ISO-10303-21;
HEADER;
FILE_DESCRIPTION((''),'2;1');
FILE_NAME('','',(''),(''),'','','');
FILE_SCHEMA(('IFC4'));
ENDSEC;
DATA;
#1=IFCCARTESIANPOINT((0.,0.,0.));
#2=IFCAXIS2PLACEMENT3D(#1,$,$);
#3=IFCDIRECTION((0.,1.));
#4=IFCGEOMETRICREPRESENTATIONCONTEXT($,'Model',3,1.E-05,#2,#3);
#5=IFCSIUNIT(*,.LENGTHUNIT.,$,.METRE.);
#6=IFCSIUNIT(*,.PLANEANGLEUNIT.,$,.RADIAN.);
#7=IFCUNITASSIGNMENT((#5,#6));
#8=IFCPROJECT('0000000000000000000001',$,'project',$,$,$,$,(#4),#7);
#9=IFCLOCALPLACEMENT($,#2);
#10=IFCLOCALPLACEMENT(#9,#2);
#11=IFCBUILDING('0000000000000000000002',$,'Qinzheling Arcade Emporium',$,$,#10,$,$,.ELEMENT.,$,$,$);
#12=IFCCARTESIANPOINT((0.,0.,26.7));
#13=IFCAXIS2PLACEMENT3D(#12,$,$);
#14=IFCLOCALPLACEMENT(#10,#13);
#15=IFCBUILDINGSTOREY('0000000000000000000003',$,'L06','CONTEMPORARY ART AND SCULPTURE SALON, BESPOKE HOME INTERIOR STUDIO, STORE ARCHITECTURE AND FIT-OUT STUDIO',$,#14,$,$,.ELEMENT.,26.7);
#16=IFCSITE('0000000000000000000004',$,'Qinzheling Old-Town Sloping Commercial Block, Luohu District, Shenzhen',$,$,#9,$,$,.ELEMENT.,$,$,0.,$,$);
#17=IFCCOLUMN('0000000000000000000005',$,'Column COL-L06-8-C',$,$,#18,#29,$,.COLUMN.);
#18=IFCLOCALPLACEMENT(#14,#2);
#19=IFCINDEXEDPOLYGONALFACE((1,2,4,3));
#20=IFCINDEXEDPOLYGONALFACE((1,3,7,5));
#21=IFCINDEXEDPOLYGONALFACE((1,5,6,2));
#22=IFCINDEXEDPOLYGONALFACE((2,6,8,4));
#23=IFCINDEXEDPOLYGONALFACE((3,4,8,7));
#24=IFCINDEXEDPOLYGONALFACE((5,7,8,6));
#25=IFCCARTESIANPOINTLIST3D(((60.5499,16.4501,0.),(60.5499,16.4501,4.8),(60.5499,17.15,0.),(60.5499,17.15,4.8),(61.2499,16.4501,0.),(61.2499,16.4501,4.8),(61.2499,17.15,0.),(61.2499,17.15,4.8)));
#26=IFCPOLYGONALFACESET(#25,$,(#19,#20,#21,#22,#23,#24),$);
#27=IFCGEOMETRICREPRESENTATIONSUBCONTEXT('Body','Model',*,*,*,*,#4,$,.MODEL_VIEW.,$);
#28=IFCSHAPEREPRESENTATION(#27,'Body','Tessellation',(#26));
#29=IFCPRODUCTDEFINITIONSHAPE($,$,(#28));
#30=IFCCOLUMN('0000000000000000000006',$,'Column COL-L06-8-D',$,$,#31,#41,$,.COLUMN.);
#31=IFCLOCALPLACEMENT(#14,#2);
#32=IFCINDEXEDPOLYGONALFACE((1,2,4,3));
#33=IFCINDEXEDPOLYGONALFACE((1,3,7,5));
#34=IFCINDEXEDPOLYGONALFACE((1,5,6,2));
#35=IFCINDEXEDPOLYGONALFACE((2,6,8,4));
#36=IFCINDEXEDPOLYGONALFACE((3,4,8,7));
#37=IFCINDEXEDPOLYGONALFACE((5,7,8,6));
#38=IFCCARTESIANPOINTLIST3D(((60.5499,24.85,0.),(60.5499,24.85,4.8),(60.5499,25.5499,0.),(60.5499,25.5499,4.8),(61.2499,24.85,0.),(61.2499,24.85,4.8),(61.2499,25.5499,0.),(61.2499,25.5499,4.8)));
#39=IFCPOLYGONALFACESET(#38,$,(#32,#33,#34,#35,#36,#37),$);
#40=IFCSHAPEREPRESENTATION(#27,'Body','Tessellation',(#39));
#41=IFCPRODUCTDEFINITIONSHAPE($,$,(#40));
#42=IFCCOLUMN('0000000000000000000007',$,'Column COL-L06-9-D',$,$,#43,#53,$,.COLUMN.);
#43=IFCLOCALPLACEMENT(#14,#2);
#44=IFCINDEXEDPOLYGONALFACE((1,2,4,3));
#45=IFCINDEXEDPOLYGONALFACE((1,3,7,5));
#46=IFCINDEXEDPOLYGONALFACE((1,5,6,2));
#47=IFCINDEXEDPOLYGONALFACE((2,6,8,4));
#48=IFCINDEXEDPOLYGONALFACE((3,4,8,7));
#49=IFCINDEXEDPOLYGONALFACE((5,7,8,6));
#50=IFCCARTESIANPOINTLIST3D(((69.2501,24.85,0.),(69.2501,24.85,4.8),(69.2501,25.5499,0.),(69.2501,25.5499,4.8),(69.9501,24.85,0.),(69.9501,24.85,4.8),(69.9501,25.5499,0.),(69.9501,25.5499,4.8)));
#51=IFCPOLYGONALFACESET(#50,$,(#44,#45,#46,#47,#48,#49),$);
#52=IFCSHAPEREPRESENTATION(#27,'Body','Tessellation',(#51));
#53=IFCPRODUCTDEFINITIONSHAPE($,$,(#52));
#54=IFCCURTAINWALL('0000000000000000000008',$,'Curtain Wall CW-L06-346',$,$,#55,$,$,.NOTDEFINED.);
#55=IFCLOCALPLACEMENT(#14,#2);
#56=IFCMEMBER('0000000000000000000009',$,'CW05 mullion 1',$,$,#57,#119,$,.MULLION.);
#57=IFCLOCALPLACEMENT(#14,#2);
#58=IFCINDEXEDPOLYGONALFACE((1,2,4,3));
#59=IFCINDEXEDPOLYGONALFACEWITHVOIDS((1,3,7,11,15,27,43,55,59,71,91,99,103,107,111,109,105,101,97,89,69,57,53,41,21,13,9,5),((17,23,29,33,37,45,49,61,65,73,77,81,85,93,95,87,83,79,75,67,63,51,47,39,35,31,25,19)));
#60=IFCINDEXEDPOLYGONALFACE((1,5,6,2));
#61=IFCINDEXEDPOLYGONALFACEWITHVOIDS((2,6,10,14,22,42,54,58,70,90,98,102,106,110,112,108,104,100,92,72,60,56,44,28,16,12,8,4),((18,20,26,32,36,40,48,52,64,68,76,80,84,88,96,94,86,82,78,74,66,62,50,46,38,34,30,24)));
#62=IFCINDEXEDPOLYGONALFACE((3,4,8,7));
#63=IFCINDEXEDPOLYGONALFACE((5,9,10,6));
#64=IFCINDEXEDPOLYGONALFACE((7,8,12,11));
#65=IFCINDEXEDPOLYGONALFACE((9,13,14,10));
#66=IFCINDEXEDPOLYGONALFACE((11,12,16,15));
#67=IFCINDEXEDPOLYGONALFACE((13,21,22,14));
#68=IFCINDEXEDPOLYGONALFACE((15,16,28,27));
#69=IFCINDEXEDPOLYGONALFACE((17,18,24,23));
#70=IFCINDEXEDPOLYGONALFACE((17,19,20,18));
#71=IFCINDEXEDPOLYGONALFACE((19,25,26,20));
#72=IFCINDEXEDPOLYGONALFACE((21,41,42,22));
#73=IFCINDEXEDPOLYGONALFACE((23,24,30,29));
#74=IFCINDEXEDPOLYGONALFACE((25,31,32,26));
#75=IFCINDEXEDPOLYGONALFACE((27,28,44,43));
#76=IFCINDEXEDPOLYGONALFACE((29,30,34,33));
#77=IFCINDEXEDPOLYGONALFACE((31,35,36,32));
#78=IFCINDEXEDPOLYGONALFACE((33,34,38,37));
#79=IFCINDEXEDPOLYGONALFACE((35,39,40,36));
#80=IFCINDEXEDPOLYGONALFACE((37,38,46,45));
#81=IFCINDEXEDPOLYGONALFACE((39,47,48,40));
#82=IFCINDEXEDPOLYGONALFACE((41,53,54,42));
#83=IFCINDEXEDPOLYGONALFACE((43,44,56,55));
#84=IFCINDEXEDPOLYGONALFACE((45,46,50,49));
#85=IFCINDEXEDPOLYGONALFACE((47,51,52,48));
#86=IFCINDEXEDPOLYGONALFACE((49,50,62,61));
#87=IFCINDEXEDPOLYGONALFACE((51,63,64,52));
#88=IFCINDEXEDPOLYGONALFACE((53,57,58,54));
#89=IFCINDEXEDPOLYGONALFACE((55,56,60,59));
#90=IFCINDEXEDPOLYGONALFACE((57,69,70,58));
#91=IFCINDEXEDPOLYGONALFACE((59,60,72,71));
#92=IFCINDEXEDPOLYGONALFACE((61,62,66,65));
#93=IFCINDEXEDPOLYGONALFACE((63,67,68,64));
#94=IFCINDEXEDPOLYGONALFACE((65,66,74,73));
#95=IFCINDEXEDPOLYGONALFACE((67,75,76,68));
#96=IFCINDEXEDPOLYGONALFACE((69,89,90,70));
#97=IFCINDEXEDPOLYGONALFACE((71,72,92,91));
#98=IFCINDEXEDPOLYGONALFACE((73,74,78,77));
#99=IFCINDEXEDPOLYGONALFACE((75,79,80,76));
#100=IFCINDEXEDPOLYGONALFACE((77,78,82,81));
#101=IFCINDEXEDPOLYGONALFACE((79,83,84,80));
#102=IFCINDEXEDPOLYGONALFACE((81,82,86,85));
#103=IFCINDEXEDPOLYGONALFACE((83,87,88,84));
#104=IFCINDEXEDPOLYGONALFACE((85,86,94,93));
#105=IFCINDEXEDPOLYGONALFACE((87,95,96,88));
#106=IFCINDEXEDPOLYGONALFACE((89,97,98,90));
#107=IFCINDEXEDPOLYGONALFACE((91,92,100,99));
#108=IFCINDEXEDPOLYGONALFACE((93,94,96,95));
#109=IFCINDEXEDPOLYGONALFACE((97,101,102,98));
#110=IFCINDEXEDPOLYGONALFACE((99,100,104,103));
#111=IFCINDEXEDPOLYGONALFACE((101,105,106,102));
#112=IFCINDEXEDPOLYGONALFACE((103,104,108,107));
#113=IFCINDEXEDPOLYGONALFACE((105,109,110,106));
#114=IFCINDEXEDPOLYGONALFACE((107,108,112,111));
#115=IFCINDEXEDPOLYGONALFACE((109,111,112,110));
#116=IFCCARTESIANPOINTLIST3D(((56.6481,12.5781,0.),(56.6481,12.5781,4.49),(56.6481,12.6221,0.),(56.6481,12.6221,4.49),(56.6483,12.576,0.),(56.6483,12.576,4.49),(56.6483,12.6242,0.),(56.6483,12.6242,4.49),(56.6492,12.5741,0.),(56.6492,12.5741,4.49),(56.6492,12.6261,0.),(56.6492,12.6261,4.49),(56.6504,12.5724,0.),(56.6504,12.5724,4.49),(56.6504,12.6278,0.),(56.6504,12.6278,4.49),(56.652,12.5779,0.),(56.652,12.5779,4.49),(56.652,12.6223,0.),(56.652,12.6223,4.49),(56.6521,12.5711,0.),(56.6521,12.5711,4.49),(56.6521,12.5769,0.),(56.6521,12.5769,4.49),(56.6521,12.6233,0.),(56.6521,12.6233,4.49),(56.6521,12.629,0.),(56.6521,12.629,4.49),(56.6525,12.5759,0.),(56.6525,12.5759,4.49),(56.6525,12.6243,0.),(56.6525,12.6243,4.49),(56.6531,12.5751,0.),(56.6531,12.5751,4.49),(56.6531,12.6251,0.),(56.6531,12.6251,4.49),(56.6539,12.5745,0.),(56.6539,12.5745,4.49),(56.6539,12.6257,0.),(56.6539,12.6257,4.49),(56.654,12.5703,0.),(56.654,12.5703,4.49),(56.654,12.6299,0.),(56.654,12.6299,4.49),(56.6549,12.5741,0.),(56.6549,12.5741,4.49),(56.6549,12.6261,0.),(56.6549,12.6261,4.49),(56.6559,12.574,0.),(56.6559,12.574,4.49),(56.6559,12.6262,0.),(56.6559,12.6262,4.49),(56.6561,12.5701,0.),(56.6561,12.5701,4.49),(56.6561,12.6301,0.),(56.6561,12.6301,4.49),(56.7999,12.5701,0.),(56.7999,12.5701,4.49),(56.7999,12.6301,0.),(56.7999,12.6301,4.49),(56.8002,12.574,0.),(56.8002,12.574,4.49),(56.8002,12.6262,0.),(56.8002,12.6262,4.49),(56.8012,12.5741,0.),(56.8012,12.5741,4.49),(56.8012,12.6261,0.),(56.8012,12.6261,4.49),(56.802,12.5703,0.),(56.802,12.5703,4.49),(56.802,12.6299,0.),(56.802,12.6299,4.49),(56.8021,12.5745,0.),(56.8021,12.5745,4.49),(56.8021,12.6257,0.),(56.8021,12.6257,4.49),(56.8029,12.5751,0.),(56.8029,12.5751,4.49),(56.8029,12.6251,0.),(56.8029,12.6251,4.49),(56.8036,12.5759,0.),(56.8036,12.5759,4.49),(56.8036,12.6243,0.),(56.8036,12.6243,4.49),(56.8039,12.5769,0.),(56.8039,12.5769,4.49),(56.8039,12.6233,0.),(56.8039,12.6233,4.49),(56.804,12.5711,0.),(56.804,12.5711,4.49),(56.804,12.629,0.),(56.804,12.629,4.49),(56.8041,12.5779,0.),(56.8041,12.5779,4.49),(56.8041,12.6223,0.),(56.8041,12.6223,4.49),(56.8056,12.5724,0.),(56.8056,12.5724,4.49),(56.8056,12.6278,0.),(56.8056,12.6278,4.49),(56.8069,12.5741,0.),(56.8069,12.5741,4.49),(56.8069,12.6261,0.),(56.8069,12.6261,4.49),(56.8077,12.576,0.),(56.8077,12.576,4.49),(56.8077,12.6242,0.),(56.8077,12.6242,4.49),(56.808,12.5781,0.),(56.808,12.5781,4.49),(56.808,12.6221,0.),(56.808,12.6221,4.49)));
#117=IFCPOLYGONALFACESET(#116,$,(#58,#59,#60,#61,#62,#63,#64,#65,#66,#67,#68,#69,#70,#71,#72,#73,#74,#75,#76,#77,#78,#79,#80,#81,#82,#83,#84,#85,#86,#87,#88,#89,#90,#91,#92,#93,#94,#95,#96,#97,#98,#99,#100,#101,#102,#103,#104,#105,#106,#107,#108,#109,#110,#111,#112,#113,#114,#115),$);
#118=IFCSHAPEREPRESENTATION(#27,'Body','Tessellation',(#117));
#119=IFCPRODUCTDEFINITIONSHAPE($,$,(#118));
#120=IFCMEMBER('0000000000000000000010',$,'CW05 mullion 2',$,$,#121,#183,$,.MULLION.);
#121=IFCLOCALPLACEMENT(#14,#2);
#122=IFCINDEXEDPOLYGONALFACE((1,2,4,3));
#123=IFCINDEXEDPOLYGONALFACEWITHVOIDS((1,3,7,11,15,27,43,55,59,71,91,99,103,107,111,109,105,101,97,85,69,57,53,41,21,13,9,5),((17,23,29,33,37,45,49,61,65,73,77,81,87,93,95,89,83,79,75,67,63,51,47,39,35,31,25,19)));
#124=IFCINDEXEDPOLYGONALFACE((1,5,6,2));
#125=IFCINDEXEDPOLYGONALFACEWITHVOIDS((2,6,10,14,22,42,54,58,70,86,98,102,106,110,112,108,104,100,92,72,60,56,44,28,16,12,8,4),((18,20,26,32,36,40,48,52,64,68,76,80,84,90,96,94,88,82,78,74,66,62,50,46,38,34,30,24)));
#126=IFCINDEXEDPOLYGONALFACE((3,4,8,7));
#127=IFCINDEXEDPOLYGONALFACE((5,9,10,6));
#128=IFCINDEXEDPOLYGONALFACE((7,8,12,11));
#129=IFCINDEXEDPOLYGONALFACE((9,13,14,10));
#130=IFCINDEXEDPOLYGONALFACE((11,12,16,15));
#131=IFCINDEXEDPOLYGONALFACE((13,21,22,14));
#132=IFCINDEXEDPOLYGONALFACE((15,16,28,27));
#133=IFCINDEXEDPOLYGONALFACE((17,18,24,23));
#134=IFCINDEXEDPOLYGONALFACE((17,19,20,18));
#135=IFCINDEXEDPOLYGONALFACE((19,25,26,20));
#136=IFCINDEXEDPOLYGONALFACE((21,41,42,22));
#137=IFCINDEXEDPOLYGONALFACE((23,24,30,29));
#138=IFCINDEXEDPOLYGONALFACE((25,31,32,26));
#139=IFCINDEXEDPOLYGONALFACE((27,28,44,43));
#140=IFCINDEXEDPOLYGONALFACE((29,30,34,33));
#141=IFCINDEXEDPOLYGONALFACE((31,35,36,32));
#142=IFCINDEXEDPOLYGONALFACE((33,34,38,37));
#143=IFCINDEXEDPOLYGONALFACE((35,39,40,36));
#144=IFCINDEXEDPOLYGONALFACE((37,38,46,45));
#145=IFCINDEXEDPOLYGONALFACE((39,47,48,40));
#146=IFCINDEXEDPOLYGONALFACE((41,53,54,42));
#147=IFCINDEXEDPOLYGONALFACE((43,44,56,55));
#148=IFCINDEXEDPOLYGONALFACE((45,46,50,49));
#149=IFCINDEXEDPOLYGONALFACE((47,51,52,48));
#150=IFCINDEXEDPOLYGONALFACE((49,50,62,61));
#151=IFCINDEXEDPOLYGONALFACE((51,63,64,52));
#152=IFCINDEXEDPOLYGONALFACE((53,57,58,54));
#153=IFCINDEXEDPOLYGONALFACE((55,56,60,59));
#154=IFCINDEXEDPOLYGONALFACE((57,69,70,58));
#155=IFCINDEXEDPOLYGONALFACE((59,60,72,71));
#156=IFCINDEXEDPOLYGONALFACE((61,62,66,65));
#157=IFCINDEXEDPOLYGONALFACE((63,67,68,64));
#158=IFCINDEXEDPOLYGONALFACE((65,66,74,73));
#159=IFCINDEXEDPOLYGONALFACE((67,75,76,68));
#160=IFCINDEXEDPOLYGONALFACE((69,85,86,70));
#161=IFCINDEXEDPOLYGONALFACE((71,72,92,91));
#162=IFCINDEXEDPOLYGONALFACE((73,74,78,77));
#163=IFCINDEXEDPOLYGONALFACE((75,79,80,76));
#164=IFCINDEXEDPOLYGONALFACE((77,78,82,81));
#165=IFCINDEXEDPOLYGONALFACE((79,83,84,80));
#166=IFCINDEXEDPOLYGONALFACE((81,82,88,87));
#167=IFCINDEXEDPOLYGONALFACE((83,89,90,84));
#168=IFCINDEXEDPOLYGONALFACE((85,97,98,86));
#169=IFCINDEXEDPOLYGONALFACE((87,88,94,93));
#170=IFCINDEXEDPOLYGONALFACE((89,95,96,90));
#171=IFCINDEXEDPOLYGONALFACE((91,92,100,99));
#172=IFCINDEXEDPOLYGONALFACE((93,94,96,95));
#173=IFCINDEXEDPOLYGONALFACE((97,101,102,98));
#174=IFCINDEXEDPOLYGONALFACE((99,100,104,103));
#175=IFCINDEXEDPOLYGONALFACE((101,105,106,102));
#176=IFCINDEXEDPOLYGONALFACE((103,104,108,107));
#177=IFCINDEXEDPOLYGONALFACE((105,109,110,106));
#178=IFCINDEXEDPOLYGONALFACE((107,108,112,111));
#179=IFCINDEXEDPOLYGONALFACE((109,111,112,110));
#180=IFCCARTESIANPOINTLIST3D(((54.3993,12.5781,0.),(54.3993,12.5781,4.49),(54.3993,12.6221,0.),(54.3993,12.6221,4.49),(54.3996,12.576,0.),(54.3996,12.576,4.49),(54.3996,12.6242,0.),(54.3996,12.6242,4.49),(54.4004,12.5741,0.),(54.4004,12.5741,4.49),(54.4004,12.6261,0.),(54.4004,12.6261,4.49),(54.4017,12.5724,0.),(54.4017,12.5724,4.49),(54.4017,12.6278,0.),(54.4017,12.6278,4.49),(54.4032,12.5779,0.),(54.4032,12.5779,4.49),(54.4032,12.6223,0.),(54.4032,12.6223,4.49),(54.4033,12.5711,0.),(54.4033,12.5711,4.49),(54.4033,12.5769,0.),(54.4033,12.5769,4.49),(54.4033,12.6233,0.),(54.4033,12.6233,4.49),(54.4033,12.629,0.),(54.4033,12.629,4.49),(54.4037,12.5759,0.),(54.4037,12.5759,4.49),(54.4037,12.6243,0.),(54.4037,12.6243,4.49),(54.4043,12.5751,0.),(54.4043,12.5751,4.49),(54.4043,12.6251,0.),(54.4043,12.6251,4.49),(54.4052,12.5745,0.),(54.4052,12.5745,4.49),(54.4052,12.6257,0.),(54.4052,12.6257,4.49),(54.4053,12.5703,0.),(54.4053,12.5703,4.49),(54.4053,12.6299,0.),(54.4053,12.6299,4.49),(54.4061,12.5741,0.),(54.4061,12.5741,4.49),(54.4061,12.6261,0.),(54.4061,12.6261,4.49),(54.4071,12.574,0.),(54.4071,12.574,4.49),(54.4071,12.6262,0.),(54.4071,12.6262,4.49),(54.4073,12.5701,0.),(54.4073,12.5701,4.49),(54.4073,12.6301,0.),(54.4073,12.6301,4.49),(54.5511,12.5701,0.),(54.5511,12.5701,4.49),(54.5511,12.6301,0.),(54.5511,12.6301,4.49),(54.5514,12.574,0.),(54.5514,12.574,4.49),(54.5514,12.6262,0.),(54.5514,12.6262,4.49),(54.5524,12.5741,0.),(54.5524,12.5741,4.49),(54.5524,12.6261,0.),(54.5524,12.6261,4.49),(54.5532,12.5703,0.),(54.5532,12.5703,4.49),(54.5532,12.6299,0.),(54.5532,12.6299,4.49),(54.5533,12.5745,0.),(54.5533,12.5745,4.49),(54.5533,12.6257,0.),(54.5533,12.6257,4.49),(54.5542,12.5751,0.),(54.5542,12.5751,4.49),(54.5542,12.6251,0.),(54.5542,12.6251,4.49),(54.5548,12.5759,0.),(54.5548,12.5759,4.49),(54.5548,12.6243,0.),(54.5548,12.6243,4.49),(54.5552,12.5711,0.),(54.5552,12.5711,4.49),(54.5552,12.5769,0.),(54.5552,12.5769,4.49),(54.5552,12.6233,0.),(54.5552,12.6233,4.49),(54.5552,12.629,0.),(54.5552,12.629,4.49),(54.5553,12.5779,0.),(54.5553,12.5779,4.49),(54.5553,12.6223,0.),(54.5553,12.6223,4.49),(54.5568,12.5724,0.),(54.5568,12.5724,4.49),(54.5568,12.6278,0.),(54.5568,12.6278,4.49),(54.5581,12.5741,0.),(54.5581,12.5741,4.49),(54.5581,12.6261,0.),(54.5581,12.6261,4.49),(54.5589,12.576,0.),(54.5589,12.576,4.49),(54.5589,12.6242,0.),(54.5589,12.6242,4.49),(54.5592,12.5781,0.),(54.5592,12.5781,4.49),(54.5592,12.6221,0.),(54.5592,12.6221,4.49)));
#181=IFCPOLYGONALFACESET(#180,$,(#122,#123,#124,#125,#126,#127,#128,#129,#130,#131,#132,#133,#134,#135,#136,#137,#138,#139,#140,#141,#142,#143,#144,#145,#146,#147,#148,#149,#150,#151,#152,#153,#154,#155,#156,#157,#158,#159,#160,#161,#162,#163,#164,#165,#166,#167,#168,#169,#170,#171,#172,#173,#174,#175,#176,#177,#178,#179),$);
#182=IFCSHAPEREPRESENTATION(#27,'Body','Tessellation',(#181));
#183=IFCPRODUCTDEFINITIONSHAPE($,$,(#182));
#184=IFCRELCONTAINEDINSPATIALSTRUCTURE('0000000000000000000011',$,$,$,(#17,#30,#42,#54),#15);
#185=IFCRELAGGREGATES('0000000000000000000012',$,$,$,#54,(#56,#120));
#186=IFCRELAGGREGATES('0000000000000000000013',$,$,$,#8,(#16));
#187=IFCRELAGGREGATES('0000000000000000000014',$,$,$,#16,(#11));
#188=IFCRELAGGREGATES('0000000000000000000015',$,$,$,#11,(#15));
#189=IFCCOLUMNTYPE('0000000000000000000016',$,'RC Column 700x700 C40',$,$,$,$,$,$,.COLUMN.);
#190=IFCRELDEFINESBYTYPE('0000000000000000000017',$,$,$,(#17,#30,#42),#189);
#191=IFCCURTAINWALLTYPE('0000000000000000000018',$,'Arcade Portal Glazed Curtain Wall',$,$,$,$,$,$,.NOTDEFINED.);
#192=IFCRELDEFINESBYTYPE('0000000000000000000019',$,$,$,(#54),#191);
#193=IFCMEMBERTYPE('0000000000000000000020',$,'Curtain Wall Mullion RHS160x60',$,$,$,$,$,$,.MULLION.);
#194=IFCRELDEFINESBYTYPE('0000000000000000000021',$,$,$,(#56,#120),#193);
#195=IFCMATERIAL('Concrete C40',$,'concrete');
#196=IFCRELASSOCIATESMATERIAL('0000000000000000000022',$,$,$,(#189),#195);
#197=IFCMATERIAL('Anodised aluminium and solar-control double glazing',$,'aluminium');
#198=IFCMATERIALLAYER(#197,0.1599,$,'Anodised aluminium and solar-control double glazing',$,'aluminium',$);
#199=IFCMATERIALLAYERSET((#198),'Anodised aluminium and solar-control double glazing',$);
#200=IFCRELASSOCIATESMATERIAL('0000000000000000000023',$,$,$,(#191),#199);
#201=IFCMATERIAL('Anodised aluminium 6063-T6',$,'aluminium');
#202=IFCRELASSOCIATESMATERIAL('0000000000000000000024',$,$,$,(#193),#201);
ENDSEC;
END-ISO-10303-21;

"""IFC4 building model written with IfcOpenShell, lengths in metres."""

from ifc_helpers import new_model, si_unit, direction, frame, origin, origin_2d, place, context, subcontext, project, spatial, rectangle, hollow_rectangle, extrude, material, layer, layer_set, material_profile, profile_set, type_object, element, aggregate, save


model = new_model("IFC4")

# Units and contexts
model_context = context("Model", 3, precision=1e-05, world=origin(), true_north=direction((0.0, 1.0)))
body_context = subcontext(model_context, "Body", "Model", "MODEL_VIEW")
ifc_project = project(units=[si_unit("LENGTHUNIT", "METRE"), si_unit("PLANEANGLEUNIT", "RADIAN")], contexts=[model_context])

# Site, building, storey
site_placement = place(None, origin())
site = spatial("IfcSite", under=ifc_project, at=site_placement, Name="Qinzheling Old-Town Sloping Commercial Block, Luohu District, Shenzhen", CompositionType="ELEMENT", RefElevation=0.0)
building_placement = place(site_placement, origin())
building = spatial("IfcBuilding", under=site, at=building_placement, Name="Qinzheling Arcade Emporium", CompositionType="ELEMENT")
storey_placement = place(building_placement, frame((0.0, 0.0, 26.7)))
storey = spatial("IfcBuildingStorey", under=building, at=storey_placement, Name="L06", Description="CONTEMPORARY ART AND SCULPTURE SALON, BESPOKE HOME INTERIOR STUDIO, STORE ARCHITECTURE AND FIT-OUT STUDIO", CompositionType="ELEMENT", Elevation=26.7)

# Columns
ifc_material_1 = material(Name="Concrete C40", Category="concrete")
ifc_material_profile_1 = material_profile(ifc_material_1, rectangle(XDim=0.7, YDim=0.7, at=origin_2d()), Name="RC 700x700", Category="concrete")
ifc_profile_set_1 = profile_set([ifc_material_profile_1], Name="Concrete C40")
column_type = type_object("IfcColumnType", Name="RC Column 700x700 C40", PredefinedType="COLUMN", material=ifc_profile_set_1)
for number, where, z_axis, x_axis, name in (
    (1, (60.8999, 16.8, 0.0), (0.0, 0.0, 1.0), (1.0, 0.0, 0.0), "Column COL-L06-8-C"),
    (2, (60.8999, 25.2, 0.0), (0.0, 0.0, 1.0), (1.0, 0.0, 0.0), "Column COL-L06-8-D"),
    (3, (69.6001, 25.2, 0.0), (0.0, 0.0, 1.0), (1.0, 0.0, 0.0), "Column COL-L06-9-D"),
):
    element("IfcColumn", number, at=place(storey_placement, frame(where, z_axis=z_axis, x_axis=x_axis)), inside=storey, type_object=column_type, Name=name, PredefinedType="COLUMN", context=body_context, shape_type="SweptSolid", body=[
        extrude(rectangle(XDim=0.7, YDim=0.7, at=origin_2d()), origin(), (0.0, 0.0, 1.0), 4.8),
    ])

# Curtain wall, members
ifc_material_2 = material(Name="Anodised aluminium and solar-control double glazing", Category="aluminium")
ifc_layer_1 = layer(ifc_material_2, 0.1599, Name="Anodised aluminium and solar-control double glazing", Category="aluminium")
ifc_layer_set_1 = layer_set([ifc_layer_1], Name="Anodised aluminium and solar-control double glazing")
curtain_wall_type = type_object("IfcCurtainWallType", Name="Arcade Portal Glazed Curtain Wall", PredefinedType="NOTDEFINED", material=ifc_layer_set_1)
curtain_wall_1_placement = place(storey_placement, origin())
curtain_wall_1 = element("IfcCurtainWall", 4, at=curtain_wall_1_placement, inside=storey, type_object=curtain_wall_type, Name="Curtain Wall CW-L06-346", PredefinedType="NOTDEFINED")
ifc_material_3 = material(Name="Anodised aluminium 6063-T6", Category="aluminium")
ifc_material_profile_2 = material_profile(ifc_material_3, hollow_rectangle(XDim=0.0601, YDim=0.1599, WallThickness=0.0039, InnerFilletRadius=0.0039, OuterFilletRadius=0.0081, at=origin_2d()), Name="RHS 160x60x4", Category="aluminium")
ifc_profile_set_2 = profile_set([ifc_material_profile_2], Name="Anodised aluminium 6063-T6")
member_type_1 = type_object("IfcMemberType", Name="Curtain Wall Mullion RHS160x60", PredefinedType="MULLION", material=ifc_profile_set_2)
member_1_placement = place(storey_placement, frame((56.728, 12.6001, 0.0), z_axis=(0.0, 0.0, 1.0), x_axis=(0.0, -1.0, 0.0)))
member_1 = element("IfcMember", 5, at=member_1_placement, type_object=member_type_1, Name="CW05 mullion 1", PredefinedType="MULLION", context=body_context, shape_type="SweptSolid", body=[
    extrude(hollow_rectangle(XDim=0.0601, YDim=0.1599, WallThickness=0.0039, InnerFilletRadius=0.0039, OuterFilletRadius=0.0081, at=origin_2d()), origin(), (0.0, 0.0, 1.0), 4.49),
])
member_2_placement = place(storey_placement, frame((54.4792, 12.6001, 0.0), z_axis=(0.0, 0.0, 1.0), x_axis=(0.0, -1.0, 0.0)))
member_2 = element("IfcMember", 6, at=member_2_placement, type_object=member_type_1, Name="CW05 mullion 2", PredefinedType="MULLION", context=body_context, shape_type="SweptSolid", body=[
    extrude(hollow_rectangle(XDim=0.0601, YDim=0.1599, WallThickness=0.0039, InnerFilletRadius=0.0039, OuterFilletRadius=0.0081, at=origin_2d()), origin(), (0.0, 0.0, 1.0), 4.49),
])

aggregate(curtain_wall_1, [member_1, member_2])

save(model, "model.ifc")
